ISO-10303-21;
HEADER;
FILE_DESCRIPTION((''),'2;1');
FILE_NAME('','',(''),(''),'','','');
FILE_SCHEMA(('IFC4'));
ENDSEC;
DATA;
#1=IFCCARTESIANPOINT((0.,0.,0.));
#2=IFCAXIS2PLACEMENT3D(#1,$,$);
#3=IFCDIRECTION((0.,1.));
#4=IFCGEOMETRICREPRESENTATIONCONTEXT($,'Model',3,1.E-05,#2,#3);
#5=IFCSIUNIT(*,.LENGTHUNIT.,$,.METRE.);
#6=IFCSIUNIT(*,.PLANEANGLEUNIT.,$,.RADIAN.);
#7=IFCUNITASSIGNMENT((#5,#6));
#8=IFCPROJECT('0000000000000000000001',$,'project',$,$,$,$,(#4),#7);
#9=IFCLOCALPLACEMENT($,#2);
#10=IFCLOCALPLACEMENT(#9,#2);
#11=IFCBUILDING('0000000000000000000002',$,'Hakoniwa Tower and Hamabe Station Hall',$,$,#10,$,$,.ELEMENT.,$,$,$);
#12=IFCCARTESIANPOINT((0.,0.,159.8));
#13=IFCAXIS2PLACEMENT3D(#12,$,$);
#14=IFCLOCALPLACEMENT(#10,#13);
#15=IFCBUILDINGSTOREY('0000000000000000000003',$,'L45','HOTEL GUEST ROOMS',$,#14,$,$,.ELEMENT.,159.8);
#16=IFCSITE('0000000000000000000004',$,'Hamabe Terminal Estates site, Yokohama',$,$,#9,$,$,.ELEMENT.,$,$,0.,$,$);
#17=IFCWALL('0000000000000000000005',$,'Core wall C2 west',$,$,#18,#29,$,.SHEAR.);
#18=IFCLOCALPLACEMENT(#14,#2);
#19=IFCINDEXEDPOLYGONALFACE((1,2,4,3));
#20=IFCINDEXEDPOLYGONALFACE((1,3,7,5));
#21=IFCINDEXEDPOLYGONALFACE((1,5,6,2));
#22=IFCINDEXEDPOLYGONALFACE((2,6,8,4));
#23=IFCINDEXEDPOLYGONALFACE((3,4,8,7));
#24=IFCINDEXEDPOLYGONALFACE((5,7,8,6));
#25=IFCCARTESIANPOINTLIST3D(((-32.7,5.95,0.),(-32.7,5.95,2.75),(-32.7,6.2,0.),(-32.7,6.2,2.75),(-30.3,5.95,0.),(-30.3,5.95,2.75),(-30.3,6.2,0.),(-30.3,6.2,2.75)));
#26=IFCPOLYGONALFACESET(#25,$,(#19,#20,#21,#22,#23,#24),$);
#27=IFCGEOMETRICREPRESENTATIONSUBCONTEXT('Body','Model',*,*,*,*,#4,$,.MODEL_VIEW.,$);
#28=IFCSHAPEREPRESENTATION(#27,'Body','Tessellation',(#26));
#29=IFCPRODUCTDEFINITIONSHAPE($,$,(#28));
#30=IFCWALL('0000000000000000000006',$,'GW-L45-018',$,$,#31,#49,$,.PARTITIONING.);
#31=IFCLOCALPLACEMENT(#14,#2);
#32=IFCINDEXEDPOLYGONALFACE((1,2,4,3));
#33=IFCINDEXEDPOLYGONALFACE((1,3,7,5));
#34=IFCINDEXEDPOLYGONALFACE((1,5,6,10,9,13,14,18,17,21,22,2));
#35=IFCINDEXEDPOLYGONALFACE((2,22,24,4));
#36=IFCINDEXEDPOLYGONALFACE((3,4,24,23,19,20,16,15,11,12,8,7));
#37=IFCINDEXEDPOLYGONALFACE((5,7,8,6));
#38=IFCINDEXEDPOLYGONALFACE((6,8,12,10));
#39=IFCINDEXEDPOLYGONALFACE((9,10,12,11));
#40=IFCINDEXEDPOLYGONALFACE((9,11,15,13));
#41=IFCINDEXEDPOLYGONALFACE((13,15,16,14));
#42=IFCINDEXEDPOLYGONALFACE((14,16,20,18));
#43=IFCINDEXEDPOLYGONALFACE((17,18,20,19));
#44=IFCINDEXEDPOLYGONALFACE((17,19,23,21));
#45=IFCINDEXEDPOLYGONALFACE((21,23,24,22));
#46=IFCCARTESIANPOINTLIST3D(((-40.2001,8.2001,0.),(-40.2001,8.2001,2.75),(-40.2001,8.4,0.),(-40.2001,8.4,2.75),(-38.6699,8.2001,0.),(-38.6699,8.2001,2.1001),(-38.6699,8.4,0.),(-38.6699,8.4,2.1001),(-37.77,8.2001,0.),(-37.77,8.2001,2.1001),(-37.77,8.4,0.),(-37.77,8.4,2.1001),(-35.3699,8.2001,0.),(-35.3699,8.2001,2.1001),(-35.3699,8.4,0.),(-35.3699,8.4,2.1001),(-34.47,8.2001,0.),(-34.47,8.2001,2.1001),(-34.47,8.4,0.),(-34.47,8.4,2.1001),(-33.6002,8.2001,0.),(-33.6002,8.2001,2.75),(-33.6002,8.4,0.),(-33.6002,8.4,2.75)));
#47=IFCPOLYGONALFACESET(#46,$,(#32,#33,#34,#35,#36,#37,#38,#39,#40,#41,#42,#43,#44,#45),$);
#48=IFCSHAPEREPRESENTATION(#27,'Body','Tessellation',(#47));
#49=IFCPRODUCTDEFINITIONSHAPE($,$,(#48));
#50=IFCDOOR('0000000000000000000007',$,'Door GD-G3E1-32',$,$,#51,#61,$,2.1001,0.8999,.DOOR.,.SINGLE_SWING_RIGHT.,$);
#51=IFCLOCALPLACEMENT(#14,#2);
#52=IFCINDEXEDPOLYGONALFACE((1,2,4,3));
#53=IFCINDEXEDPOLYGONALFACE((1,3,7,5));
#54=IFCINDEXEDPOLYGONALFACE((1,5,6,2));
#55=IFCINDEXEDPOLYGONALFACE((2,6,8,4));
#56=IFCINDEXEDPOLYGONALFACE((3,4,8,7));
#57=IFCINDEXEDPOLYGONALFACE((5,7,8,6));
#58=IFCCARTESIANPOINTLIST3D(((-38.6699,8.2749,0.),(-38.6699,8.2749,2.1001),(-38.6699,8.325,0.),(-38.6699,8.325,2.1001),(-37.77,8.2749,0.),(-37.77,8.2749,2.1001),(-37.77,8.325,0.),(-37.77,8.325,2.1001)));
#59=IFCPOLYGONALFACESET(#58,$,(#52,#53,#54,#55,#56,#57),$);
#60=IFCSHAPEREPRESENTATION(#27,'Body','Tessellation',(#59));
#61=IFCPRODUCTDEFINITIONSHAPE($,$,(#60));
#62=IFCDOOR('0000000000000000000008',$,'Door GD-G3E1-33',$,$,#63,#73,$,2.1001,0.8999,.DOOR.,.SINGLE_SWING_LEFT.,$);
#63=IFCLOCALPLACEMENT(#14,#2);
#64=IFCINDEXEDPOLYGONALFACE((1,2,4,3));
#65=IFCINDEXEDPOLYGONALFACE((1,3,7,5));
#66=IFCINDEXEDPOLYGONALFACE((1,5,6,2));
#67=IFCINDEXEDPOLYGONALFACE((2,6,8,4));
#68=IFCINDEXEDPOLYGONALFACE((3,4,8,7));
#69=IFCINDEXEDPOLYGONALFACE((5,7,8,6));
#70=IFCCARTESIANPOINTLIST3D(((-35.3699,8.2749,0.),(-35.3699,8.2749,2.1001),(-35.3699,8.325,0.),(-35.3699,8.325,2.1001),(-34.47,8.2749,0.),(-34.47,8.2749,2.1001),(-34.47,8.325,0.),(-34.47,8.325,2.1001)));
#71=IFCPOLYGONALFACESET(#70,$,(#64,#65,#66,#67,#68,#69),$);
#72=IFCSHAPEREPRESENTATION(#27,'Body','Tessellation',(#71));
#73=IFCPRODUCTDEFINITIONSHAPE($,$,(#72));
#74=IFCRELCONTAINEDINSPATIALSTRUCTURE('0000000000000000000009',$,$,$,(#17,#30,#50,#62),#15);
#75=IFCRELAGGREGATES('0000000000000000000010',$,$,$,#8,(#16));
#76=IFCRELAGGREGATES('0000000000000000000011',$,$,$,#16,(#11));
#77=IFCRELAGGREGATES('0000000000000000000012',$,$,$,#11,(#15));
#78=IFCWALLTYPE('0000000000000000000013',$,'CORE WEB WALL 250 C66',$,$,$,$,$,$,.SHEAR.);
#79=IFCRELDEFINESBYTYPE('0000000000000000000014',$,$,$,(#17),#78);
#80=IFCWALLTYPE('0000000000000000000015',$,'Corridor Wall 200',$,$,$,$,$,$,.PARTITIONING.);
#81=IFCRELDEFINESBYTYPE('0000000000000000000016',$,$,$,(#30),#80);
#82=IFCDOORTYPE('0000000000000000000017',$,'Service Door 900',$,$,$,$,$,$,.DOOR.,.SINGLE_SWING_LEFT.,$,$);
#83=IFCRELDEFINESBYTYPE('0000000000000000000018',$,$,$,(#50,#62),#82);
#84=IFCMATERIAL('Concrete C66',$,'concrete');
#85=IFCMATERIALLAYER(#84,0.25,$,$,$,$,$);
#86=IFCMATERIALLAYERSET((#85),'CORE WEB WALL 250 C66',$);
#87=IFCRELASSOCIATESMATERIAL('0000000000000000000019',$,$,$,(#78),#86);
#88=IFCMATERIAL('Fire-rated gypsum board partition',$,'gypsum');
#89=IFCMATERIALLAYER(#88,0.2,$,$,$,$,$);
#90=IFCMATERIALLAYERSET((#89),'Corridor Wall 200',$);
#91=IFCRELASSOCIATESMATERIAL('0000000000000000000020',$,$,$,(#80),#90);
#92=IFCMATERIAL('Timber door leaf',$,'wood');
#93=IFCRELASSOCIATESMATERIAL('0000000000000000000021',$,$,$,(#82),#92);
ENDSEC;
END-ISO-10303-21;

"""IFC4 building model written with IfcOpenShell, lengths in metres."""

from ifc_helpers import new_model, si_unit, direction, frame, frame_2d, origin, place, context, subcontext, project, spatial, rectangle, extrude, material, layer, layer_set, type_object, element, fill, save


model = new_model("IFC4")

# Units and contexts
model_context = context("Model", 3, precision=1e-05, world=origin(), true_north=direction((0.0, 1.0)))
body_context = subcontext(model_context, "Body", "Model", "MODEL_VIEW")
ifc_project = project(units=[si_unit("LENGTHUNIT", "METRE"), si_unit("PLANEANGLEUNIT", "RADIAN")], contexts=[model_context])

# Site, building, storey
site_placement = place(None, origin())
site = spatial("IfcSite", under=ifc_project, at=site_placement, Name="Hamabe Terminal Estates site, Yokohama", CompositionType="ELEMENT", RefElevation=0.0)
building_placement = place(site_placement, origin())
building = spatial("IfcBuilding", under=site, at=building_placement, Name="Hakoniwa Tower and Hamabe Station Hall", CompositionType="ELEMENT")
storey_placement = place(building_placement, frame((0.0, 0.0, 159.8)))
storey = spatial("IfcBuildingStorey", under=building, at=storey_placement, Name="L45", Description="HOTEL GUEST ROOMS", CompositionType="ELEMENT", Elevation=159.8)

# Wall
ifc_material_1 = material(Name="Concrete C66", Category="concrete")
ifc_layer_1 = layer(ifc_material_1, 0.25)
ifc_layer_set_1 = layer_set([ifc_layer_1], Name="CORE WEB WALL 250 C66")
wall_type_1 = type_object("IfcWallType", Name="CORE WEB WALL 250 C66", PredefinedType="SHEAR", material=ifc_layer_set_1)
wall_1_placement = place(storey_placement, frame((-32.7, 6.075, 0.0), z_axis=(0.0, 0.0, 1.0), x_axis=(1.0, 0.0, 0.0)))
element("IfcWall", 1, at=wall_1_placement, inside=storey, type_object=wall_type_1, Name="Core wall C2 west", PredefinedType="SHEAR", context=body_context, shape_type="SweptSolid", body=[
    extrude(rectangle(XDim=2.3999, YDim=0.25, at=frame_2d((1.2, 0.0))), origin(), (0.0, 0.0, 1.0), 2.75),
])

# Wall, openings, doors
ifc_material_2 = material(Name="Fire-rated gypsum board partition", Category="gypsum")
ifc_layer_2 = layer(ifc_material_2, 0.2)
ifc_layer_set_2 = layer_set([ifc_layer_2], Name="Corridor Wall 200")
wall_type_2 = type_object("IfcWallType", Name="Corridor Wall 200", PredefinedType="PARTITIONING", material=ifc_layer_set_2)
wall_2_placement = place(storey_placement, frame((-40.2, 8.3, 0.0), z_axis=(0.0, 0.0, 1.0), x_axis=(1.0, 0.0, 0.0)))
wall_2 = element("IfcWall", 2, at=wall_2_placement, inside=storey, type_object=wall_type_2, Name="GW-L45-018", PredefinedType="PARTITIONING", context=body_context, shape_type="SweptSolid", body=[
    extrude(rectangle(XDim=6.5999, YDim=0.2, at=frame_2d((3.2998, 0.0))), origin(), (0.0, 0.0, 1.0), 2.75),
])
opening_1_placement = place(wall_2_placement, frame((1.53, 0.0, 0.0)))
opening_1 = element("IfcOpeningElement", 3, at=opening_1_placement, cuts=wall_2, PredefinedType="OPENING", context=body_context, shape_type="SweptSolid", body=[
    extrude(rectangle(XDim=0.8999, YDim=2.1001, at=frame_2d((0.45, 1.05))), frame((0.0, 0.1099, 0.0), z_axis=(0.0, -1.0, 0.0), x_axis=(1.0, 0.0, 0.0)), (0.0, 0.0, 1.0), 0.22),
])
opening_2_placement = place(wall_2_placement, frame((4.8301, 0.0, 0.0)))
opening_2 = element("IfcOpeningElement", 4, at=opening_2_placement, cuts=wall_2, PredefinedType="OPENING", context=body_context, shape_type="SweptSolid", body=[
    extrude(rectangle(XDim=0.8999, YDim=2.1001, at=frame_2d((0.45, 1.05))), frame((0.0, 0.1099, 0.0), z_axis=(0.0, -1.0, 0.0), x_axis=(1.0, 0.0, 0.0)), (0.0, 0.0, 1.0), 0.22),
])
ifc_material_3 = material(Name="Timber door leaf", Category="wood")
door_type_1 = type_object("IfcDoorType", Name="Service Door 900", OperationType="SINGLE_SWING_LEFT", PredefinedType="DOOR", material=ifc_material_3)
door_1_placement = place(opening_1_placement, origin())
door_1 = element("IfcDoor", 5, at=door_1_placement, inside=storey, type_object=door_type_1, Name="Door GD-G3E1-32", OperationType="SINGLE_SWING_RIGHT", OverallHeight=2.1001, OverallWidth=0.8999, PredefinedType="DOOR", context=body_context, shape_type="SweptSolid", body=[
    extrude(rectangle(XDim=0.8999, YDim=2.1001, at=frame_2d((0.45, 1.05))), frame((0.0, 0.0249, 0.0), z_axis=(0.0, -1.0, 0.0), x_axis=(1.0, 0.0, 0.0)), (0.0, 0.0, 1.0), 0.05),
])
fill(opening_1, door_1)
door_2_placement = place(opening_2_placement, origin())
door_2 = element("IfcDoor", 6, at=door_2_placement, inside=storey, type_object=door_type_1, Name="Door GD-G3E1-33", OperationType="SINGLE_SWING_LEFT", OverallHeight=2.1001, OverallWidth=0.8999, PredefinedType="DOOR", context=body_context, shape_type="SweptSolid", body=[
    extrude(rectangle(XDim=0.8999, YDim=2.1001, at=frame_2d((0.45, 1.05))), frame((0.0, 0.0249, 0.0), z_axis=(0.0, -1.0, 0.0), x_axis=(1.0, 0.0, 0.0)), (0.0, 0.0, 1.0), 0.05),
])
fill(opening_2, door_2)

save(model, "model.ifc")
